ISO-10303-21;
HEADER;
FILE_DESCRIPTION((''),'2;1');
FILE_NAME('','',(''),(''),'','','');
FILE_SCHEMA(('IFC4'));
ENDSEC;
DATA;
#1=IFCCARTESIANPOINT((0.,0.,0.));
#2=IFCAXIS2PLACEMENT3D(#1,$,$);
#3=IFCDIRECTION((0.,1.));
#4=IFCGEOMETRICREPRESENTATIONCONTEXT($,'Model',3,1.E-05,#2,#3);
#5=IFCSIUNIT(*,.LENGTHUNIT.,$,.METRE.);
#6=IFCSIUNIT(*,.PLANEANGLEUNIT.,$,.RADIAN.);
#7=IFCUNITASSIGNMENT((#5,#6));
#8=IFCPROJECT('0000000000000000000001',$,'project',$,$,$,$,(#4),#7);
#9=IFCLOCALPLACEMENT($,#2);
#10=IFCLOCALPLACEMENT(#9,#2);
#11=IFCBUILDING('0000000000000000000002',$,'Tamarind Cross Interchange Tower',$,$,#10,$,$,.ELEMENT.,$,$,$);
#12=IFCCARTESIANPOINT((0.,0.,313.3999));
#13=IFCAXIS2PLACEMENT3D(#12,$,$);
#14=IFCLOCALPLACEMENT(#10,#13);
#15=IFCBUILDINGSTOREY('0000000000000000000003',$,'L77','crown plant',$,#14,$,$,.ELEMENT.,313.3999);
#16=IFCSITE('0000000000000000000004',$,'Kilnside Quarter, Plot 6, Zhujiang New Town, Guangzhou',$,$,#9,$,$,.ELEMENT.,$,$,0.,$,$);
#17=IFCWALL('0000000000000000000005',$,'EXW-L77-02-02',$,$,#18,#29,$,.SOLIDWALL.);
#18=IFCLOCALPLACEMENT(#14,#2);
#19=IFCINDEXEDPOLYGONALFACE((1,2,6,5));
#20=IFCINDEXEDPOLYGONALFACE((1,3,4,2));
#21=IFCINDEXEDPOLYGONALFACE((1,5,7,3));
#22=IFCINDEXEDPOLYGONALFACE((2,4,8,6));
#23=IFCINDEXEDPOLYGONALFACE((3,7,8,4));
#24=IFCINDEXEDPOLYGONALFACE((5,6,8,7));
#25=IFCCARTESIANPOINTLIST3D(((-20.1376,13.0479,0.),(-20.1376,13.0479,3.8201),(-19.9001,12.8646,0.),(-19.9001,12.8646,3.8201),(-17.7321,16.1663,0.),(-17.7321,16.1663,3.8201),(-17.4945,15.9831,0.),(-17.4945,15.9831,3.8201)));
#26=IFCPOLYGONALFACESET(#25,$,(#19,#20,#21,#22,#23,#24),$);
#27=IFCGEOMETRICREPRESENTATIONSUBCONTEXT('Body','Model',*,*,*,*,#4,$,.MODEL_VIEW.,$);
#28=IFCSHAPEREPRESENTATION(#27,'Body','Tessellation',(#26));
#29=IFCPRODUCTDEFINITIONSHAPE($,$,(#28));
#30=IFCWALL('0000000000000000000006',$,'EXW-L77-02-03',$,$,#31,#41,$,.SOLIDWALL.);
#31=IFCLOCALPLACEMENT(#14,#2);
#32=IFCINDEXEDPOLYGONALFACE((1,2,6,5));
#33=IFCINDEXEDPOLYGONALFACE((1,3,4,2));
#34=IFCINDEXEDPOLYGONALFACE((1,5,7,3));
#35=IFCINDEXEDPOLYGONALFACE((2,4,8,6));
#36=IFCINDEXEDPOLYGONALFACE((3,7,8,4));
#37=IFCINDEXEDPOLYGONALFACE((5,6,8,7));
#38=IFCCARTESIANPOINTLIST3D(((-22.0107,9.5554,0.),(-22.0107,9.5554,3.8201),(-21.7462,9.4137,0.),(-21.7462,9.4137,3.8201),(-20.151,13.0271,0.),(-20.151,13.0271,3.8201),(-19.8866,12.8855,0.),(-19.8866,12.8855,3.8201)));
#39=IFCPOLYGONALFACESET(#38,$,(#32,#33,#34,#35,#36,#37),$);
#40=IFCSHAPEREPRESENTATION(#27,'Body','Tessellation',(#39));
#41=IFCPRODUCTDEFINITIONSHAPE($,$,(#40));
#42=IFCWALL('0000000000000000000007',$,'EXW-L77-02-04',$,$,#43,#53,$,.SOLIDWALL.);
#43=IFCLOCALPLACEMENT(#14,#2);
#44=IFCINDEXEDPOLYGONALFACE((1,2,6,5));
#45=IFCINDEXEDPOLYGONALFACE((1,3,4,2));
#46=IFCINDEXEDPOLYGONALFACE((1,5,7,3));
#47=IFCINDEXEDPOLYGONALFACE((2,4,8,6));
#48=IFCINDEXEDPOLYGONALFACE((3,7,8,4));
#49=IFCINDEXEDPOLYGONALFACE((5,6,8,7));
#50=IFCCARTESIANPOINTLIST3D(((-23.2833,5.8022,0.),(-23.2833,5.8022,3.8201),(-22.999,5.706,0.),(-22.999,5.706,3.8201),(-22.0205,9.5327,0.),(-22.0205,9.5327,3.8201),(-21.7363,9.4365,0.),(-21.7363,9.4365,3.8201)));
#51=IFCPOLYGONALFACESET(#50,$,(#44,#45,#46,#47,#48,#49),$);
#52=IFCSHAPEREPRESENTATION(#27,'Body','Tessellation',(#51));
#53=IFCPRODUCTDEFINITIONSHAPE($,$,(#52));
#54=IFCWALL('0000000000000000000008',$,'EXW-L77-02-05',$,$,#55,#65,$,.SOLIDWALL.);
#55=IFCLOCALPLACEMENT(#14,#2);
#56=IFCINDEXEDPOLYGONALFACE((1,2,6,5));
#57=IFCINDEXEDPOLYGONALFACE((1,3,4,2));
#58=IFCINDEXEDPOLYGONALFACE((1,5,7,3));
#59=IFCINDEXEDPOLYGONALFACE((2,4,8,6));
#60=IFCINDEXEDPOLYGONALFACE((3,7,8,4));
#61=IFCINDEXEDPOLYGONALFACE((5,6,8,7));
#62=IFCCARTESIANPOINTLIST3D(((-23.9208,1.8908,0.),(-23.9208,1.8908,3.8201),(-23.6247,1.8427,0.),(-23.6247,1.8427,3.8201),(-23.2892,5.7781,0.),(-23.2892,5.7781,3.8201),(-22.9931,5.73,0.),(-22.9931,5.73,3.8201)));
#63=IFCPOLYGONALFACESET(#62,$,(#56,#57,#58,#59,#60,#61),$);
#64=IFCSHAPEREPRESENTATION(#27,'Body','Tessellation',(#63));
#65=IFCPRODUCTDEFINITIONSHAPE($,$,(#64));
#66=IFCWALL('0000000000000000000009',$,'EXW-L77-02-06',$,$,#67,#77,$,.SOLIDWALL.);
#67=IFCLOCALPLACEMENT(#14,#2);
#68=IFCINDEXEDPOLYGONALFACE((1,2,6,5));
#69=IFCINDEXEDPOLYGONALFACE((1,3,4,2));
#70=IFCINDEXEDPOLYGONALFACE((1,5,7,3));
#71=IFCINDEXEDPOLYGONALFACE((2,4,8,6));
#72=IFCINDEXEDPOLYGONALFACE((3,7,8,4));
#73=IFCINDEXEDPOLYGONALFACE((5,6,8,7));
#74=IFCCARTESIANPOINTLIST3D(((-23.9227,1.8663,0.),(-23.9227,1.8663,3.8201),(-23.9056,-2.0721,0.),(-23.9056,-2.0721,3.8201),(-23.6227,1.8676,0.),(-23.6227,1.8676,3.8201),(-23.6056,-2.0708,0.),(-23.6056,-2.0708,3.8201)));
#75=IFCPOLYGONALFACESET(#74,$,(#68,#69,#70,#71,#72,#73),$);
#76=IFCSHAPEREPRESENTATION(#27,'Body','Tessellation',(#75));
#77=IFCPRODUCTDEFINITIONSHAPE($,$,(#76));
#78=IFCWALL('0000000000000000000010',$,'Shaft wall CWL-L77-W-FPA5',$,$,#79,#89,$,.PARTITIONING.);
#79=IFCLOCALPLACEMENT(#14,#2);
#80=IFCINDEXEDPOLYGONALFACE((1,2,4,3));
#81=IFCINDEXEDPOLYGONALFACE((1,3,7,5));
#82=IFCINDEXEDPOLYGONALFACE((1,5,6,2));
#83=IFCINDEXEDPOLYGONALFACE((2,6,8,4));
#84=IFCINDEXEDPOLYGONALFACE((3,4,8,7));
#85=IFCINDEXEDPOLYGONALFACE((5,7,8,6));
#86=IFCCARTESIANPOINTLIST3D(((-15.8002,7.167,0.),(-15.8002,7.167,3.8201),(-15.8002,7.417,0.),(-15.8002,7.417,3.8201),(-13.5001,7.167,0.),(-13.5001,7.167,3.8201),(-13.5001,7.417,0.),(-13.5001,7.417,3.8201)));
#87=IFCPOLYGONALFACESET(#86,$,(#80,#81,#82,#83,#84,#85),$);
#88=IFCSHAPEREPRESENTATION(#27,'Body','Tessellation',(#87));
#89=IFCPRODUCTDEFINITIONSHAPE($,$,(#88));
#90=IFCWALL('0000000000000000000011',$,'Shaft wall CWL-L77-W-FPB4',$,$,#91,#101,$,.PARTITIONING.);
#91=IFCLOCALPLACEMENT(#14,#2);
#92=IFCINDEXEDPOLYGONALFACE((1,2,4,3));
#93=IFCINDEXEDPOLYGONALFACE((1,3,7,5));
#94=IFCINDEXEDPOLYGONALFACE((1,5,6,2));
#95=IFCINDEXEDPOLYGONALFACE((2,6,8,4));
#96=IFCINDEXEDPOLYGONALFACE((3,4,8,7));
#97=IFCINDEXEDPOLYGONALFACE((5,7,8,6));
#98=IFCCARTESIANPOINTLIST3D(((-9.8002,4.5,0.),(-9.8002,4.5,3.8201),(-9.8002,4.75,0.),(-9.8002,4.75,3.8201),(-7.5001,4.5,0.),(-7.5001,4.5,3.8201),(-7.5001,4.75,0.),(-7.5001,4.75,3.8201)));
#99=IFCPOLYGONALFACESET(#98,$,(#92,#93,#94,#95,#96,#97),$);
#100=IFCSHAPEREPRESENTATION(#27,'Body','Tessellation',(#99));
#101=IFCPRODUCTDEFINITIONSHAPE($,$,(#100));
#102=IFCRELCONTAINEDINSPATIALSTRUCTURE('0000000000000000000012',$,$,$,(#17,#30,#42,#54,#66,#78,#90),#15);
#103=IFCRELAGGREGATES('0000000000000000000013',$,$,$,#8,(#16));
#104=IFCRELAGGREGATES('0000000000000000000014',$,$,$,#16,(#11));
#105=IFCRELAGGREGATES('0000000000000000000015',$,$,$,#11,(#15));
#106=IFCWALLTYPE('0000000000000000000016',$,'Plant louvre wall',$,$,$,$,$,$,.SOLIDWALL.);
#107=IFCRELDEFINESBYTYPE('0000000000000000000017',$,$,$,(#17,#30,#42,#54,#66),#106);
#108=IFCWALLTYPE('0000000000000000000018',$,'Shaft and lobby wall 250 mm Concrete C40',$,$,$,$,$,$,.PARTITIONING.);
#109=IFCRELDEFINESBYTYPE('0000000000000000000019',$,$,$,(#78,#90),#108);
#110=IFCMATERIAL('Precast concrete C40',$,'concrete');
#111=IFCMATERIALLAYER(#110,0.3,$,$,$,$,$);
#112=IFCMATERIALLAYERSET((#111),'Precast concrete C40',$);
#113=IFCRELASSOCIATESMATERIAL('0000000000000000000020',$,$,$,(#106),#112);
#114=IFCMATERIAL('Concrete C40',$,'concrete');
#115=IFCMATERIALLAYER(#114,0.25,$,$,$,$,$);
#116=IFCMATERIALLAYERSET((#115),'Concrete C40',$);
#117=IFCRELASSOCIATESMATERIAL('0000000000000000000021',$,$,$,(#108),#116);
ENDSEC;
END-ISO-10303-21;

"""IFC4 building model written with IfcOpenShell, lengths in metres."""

from ifc_helpers import new_model, si_unit, direction, frame, frame_2d, origin, place, context, subcontext, project, spatial, rectangle, extrude, material, layer, layer_set, type_object, element, save


model = new_model("IFC4")

# Units and contexts
model_context = context("Model", 3, precision=1e-05, world=origin(), true_north=direction((0.0, 1.0)))
body_context = subcontext(model_context, "Body", "Model", "MODEL_VIEW")
ifc_project = project(units=[si_unit("LENGTHUNIT", "METRE"), si_unit("PLANEANGLEUNIT", "RADIAN")], contexts=[model_context])

# Site, building, storey
site_placement = place(None, origin())
site = spatial("IfcSite", under=ifc_project, at=site_placement, Name="Kilnside Quarter, Plot 6, Zhujiang New Town, Guangzhou", CompositionType="ELEMENT", RefElevation=0.0)
building_placement = place(site_placement, origin())
building = spatial("IfcBuilding", under=site, at=building_placement, Name="Tamarind Cross Interchange Tower", CompositionType="ELEMENT")
storey_placement = place(building_placement, frame((0.0, 0.0, 313.3999)))
storey = spatial("IfcBuildingStorey", under=building, at=storey_placement, Name="L77", Description="crown plant", CompositionType="ELEMENT", Elevation=313.3999)

# Walls
ifc_material_1 = material(Name="Precast concrete C40", Category="concrete")
ifc_layer_1 = layer(ifc_material_1, 0.3)
ifc_layer_set_1 = layer_set([ifc_layer_1], Name="Precast concrete C40")
wall_type_1 = type_object("IfcWallType", Name="Plant louvre wall", PredefinedType="SOLIDWALL", material=ifc_layer_set_1)
for number, where, z_axis, x_axis, name in (
    (1, (-17.6133, 16.0747, 0.0), (0.0, 0.0, 1.0), (-0.610786, -0.791796, 0.0), "EXW-L77-02-02"),
    (2, (-20.0188, 12.9563, 0.0), (0.0, 0.0, 1.0), (-0.47218, -0.881502, 0.0), "EXW-L77-02-03"),
    (3, (-21.8784, 9.4846, 0.0), (0.0, 0.0, 1.0), (-0.320613, -0.94721, 0.0), "EXW-L77-02-04"),
):
    element("IfcWall", number, at=place(storey_placement, frame(where, z_axis=z_axis, x_axis=x_axis)), inside=storey, type_object=wall_type_1, Name=name, PredefinedType="SOLIDWALL", context=body_context, shape_type="SweptSolid", body=[
        extrude(rectangle(XDim=3.9385, YDim=0.3, at=frame_2d((1.9692, 0.0))), origin(), (0.0, 0.0, 1.0), 3.8201),
    ])
wall_1_placement = place(storey_placement, frame((-23.1411, 5.7542, 0.0), z_axis=(0.0, 0.0, 1.0), x_axis=(-0.160376, -0.987056, 0.0)))
element("IfcWall", 4, at=wall_1_placement, inside=storey, type_object=wall_type_1, Name="EXW-L77-02-05", PredefinedType="SOLIDWALL", context=body_context, shape_type="SweptSolid", body=[
    extrude(rectangle(XDim=3.9382, YDim=0.3, at=frame_2d((1.9692, 0.0))), origin(), (0.0, 0.0, 1.0), 3.8201),
])
wall_2_placement = place(storey_placement, frame((-23.7727, 1.8669, 0.0), z_axis=(0.0, 0.0, 1.0), x_axis=(0.004339, -0.999991, 0.0)))
element("IfcWall", 5, at=wall_2_placement, inside=storey, type_object=wall_type_1, Name="EXW-L77-02-06", PredefinedType="SOLIDWALL", context=body_context, shape_type="SweptSolid", body=[
    extrude(rectangle(XDim=3.9385, YDim=0.3, at=frame_2d((1.9692, 0.0))), origin(), (0.0, 0.0, 1.0), 3.8201),
])
ifc_material_2 = material(Name="Concrete C40", Category="concrete")
ifc_layer_2 = layer(ifc_material_2, 0.25)
ifc_layer_set_2 = layer_set([ifc_layer_2], Name="Concrete C40")
wall_type_2 = type_object("IfcWallType", Name="Shaft and lobby wall 250 mm Concrete C40", PredefinedType="PARTITIONING", material=ifc_layer_set_2)
for number, where, z_axis, x_axis, name in (
    (6, (-15.8, 7.292, 0.0), (0.0, 0.0, 1.0), (1.0, 0.0, 0.0), "Shaft wall CWL-L77-W-FPA5"),
    (7, (-9.8, 4.625, 0.0), (0.0, 0.0, 1.0), (1.0, 0.0, 0.0), "Shaft wall CWL-L77-W-FPB4"),
):
    element("IfcWall", number, at=place(storey_placement, frame(where, z_axis=z_axis, x_axis=x_axis)), inside=storey, type_object=wall_type_2, Name=name, PredefinedType="PARTITIONING", context=body_context, shape_type="SweptSolid", body=[
        extrude(rectangle(XDim=2.3, YDim=0.25, at=frame_2d((1.1499, 0.0))), origin(), (0.0, 0.0, 1.0), 3.8201),
    ])

save(model, "model.ifc")
